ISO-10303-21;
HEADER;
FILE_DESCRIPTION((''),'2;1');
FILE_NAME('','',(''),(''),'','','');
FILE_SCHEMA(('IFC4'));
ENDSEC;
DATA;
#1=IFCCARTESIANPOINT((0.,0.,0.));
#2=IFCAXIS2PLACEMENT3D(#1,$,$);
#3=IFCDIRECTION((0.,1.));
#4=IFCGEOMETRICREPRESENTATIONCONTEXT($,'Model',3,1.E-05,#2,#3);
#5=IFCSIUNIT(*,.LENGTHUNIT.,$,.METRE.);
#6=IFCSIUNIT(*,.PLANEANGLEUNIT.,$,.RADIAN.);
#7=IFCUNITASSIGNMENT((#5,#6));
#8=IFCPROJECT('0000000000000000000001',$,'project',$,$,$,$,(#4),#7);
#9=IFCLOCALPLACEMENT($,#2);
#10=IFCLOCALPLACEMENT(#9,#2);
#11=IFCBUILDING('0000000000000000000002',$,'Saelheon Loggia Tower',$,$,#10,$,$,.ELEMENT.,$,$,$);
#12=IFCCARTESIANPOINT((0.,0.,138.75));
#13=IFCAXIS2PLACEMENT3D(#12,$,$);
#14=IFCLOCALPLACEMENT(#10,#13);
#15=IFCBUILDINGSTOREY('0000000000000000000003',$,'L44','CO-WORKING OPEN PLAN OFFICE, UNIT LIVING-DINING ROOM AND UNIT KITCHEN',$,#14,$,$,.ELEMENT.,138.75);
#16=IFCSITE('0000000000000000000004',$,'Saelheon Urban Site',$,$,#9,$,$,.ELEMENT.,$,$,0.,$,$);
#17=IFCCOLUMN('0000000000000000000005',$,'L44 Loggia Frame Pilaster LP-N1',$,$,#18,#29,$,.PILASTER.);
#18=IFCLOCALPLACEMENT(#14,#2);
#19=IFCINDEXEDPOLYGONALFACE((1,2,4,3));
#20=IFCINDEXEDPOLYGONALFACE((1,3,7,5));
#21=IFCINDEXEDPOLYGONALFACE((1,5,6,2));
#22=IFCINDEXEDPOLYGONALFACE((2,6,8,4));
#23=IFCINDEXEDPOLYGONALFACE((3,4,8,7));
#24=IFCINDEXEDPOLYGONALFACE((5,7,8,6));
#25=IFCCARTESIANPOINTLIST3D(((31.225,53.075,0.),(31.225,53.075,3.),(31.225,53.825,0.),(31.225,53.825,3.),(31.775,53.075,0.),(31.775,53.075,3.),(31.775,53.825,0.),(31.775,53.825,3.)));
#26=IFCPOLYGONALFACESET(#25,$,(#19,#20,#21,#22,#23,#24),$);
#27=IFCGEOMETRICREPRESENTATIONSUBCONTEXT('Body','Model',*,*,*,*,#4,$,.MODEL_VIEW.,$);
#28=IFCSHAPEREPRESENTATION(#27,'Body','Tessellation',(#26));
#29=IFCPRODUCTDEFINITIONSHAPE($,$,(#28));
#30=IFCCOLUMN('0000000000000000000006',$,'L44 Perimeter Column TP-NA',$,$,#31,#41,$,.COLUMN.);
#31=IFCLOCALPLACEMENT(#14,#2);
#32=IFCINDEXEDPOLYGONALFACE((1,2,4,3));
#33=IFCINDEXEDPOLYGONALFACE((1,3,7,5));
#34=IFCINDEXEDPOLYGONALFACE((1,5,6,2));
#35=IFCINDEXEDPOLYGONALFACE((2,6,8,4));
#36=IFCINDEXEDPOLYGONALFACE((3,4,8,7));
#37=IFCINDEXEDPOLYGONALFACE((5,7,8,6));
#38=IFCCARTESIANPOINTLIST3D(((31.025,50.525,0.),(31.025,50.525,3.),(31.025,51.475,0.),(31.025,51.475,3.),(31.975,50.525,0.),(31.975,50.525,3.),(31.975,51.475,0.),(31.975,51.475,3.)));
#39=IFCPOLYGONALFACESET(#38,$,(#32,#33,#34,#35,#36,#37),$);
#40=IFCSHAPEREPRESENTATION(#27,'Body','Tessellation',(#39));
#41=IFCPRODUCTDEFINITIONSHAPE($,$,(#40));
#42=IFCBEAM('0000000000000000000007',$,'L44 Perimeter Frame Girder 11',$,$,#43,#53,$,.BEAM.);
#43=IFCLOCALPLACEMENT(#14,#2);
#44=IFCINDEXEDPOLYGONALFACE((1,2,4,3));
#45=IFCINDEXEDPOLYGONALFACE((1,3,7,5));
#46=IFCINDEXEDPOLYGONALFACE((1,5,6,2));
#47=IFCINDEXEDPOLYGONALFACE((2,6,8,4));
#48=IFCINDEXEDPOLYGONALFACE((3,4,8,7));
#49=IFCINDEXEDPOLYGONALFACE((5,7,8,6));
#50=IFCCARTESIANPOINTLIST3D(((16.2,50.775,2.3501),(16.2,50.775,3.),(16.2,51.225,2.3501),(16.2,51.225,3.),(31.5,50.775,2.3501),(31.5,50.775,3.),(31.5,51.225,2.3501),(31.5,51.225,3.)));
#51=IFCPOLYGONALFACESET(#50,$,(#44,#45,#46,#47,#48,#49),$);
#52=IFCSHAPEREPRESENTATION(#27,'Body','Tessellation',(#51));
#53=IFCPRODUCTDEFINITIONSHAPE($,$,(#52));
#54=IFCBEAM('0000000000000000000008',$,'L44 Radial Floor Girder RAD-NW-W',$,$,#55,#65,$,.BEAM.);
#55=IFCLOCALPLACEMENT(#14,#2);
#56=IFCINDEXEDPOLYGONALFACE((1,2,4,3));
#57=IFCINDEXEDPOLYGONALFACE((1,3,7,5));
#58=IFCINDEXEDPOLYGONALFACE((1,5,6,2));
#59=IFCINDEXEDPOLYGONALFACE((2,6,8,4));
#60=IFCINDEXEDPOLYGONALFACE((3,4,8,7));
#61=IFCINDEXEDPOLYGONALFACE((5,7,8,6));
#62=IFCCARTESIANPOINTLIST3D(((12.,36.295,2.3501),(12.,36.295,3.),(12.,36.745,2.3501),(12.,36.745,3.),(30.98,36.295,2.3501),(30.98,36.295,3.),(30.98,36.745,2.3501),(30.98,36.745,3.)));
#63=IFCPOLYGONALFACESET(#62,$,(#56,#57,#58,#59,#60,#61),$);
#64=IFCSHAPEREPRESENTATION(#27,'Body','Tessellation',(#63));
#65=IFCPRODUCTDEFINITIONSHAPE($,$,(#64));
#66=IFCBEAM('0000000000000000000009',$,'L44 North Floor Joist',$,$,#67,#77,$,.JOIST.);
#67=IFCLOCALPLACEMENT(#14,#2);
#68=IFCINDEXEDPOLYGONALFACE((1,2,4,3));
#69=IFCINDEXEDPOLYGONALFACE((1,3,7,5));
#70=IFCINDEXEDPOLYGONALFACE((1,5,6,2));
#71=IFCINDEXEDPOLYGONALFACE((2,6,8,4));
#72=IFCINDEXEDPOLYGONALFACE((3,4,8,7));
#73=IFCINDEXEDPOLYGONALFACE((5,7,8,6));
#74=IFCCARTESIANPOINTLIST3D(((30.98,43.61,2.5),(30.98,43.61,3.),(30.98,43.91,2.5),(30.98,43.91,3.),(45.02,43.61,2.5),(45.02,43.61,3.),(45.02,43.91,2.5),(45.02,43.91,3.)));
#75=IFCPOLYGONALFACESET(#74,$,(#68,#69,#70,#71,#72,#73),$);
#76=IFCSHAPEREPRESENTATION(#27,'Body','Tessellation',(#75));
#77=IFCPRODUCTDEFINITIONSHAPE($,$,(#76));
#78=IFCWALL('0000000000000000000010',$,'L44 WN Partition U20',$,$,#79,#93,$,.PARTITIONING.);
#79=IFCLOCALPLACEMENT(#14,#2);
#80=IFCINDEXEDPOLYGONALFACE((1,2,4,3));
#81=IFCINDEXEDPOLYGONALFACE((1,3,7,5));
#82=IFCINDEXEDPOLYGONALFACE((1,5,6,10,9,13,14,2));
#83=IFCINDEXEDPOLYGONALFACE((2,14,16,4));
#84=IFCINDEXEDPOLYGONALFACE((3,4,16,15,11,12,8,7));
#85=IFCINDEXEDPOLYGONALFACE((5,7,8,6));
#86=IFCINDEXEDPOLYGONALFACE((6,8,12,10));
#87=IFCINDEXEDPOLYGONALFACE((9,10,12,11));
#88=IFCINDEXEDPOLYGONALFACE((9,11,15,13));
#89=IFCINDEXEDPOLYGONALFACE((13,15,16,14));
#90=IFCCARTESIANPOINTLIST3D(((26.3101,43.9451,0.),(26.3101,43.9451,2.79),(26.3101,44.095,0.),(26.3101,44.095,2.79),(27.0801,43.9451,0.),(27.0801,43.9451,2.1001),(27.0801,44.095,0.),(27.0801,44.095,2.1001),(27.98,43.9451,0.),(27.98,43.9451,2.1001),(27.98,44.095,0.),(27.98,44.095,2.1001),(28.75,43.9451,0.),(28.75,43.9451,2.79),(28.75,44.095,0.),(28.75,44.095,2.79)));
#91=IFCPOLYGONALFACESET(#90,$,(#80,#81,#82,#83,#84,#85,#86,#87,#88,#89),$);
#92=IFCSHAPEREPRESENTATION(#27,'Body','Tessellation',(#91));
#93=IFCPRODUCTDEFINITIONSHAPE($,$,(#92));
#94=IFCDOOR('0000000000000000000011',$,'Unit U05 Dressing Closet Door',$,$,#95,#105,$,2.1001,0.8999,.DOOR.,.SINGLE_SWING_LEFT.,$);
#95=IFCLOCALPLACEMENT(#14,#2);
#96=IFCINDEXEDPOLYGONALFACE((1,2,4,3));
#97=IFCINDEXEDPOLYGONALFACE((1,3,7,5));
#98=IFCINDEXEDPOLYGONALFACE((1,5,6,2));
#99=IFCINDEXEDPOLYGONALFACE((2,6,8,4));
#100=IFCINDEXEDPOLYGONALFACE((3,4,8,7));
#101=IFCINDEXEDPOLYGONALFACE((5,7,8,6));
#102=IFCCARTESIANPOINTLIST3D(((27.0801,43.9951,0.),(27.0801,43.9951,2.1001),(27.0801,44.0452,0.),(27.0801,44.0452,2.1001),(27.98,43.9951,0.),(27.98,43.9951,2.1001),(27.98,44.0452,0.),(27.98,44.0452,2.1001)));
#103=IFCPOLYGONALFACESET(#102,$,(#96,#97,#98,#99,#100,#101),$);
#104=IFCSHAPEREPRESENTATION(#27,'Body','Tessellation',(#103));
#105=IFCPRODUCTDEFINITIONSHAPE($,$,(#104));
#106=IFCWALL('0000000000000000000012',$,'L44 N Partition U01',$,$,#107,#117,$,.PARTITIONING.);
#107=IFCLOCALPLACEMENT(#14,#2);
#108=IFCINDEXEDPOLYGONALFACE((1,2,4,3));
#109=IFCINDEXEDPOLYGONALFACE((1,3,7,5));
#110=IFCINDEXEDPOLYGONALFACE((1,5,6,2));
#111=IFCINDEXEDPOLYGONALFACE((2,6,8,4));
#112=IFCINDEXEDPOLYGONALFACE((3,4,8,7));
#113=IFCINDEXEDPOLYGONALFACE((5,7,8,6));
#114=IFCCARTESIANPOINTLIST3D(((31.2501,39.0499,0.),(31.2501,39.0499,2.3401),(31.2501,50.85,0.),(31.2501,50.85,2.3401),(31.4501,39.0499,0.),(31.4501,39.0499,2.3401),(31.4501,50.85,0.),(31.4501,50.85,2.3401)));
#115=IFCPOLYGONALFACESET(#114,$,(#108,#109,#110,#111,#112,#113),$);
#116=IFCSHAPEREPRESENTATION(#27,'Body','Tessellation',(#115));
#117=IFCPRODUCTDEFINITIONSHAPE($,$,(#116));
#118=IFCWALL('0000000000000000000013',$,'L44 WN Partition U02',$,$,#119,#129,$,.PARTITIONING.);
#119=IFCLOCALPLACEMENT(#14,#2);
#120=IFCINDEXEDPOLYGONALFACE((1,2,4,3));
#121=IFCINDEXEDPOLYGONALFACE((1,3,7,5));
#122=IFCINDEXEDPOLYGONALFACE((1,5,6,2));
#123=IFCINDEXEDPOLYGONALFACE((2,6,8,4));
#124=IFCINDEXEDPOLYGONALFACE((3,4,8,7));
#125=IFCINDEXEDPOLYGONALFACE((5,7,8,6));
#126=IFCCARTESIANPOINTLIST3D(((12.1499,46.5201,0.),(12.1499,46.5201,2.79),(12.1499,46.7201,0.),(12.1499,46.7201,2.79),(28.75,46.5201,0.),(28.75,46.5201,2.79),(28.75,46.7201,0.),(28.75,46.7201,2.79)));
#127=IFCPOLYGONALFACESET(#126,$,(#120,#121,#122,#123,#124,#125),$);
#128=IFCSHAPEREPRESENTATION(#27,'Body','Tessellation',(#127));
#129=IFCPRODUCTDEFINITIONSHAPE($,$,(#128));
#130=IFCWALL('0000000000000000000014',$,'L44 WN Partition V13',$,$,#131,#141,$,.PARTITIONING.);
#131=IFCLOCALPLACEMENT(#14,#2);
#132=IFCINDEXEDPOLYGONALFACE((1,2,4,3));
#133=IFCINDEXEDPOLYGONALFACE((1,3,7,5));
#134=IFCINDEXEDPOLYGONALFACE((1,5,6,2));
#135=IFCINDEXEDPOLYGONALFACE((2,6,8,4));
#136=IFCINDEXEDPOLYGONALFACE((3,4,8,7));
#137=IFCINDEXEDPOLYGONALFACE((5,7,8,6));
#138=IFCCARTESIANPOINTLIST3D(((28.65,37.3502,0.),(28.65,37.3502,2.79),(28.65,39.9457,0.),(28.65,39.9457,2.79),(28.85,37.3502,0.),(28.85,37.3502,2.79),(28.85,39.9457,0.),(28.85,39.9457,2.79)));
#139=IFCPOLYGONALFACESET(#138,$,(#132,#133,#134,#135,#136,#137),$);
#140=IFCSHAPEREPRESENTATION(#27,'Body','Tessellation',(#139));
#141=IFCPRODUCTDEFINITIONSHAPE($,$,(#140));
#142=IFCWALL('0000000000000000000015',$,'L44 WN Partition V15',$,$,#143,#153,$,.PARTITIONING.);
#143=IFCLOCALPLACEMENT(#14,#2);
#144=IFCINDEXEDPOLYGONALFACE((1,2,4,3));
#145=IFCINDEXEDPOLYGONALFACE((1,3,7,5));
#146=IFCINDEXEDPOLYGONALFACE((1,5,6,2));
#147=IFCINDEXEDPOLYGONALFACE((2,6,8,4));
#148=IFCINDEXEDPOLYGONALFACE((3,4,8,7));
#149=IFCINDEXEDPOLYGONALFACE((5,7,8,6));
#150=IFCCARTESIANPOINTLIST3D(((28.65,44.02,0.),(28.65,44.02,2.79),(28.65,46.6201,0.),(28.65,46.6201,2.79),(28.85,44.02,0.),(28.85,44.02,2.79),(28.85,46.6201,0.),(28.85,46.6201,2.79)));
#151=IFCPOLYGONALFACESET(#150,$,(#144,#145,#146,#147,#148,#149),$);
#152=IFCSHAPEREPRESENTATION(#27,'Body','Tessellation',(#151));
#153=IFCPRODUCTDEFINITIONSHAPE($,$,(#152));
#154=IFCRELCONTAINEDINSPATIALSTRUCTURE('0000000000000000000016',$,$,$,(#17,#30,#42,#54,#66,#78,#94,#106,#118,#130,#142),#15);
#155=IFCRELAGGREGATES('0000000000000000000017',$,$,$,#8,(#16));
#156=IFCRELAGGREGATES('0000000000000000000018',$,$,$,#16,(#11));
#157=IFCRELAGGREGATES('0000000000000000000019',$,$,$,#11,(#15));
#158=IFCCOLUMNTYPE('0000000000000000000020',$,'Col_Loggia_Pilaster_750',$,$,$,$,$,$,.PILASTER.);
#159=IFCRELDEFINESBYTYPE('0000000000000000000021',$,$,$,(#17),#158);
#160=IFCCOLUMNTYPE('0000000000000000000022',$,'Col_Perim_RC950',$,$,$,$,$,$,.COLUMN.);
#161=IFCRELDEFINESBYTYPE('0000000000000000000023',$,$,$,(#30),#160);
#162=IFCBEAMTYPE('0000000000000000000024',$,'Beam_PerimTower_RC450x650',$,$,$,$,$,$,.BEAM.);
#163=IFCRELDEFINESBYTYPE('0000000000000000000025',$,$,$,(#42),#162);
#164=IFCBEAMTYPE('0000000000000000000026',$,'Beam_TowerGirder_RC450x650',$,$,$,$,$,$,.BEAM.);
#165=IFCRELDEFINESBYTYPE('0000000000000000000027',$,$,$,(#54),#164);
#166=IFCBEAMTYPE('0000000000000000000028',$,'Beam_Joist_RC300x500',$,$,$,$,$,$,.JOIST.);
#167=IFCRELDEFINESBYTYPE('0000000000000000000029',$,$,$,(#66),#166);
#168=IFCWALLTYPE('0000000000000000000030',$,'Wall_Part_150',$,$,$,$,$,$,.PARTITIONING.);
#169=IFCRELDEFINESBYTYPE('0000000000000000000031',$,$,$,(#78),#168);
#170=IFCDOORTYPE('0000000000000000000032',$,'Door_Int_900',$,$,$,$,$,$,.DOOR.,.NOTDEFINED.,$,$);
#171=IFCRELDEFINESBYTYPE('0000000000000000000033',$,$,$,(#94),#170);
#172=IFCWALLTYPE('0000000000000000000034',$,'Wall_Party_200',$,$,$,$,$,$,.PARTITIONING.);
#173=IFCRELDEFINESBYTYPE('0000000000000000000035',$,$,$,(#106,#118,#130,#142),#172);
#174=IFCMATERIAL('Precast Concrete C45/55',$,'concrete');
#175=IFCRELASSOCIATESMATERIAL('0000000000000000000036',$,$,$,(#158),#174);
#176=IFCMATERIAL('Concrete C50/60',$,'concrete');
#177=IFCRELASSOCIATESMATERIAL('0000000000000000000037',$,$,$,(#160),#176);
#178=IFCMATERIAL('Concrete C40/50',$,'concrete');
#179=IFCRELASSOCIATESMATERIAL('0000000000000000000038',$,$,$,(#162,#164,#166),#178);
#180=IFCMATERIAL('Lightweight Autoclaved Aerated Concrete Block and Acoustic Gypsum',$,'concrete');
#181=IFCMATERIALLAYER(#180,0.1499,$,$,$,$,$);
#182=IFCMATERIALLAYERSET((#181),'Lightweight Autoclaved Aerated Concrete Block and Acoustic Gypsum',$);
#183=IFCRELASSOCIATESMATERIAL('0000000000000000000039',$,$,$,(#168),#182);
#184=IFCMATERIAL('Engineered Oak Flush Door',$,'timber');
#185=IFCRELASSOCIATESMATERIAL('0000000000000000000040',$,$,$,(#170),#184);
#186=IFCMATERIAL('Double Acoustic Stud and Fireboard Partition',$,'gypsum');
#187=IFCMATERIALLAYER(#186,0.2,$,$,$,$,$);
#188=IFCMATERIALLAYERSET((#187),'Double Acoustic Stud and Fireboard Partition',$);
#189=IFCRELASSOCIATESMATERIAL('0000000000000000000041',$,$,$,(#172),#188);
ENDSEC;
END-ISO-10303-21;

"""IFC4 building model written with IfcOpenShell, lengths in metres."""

from ifc_helpers import new_model, si_unit, direction, frame, frame_2d, origin, origin_2d, place, context, subcontext, project, spatial, rectangle, extrude, source, transform, mapped, material, layer, layer_set, material_profile, profile_set, type_object, element, fill, save


model = new_model("IFC4")

# Units and contexts
model_context = context("Model", 3, precision=1e-05, world=origin(), true_north=direction((0.0, 1.0)))
body_context = subcontext(model_context, "Body", "Model", "MODEL_VIEW")
ifc_project = project(units=[si_unit("LENGTHUNIT", "METRE"), si_unit("PLANEANGLEUNIT", "RADIAN")], contexts=[model_context])

# Site, building, storey
site_placement = place(None, origin())
site = spatial("IfcSite", under=ifc_project, at=site_placement, Name="Saelheon Urban Site", CompositionType="ELEMENT", RefElevation=0.0)
building_placement = place(site_placement, origin())
building = spatial("IfcBuilding", under=site, at=building_placement, Name="Saelheon Loggia Tower", CompositionType="ELEMENT")
storey_placement = place(building_placement, frame((0.0, 0.0, 138.75)))
storey = spatial("IfcBuildingStorey", under=building, at=storey_placement, Name="L44", Description="CO-WORKING OPEN PLAN OFFICE, UNIT LIVING-DINING ROOM AND UNIT KITCHEN", CompositionType="ELEMENT", Elevation=138.75)

# Columns
ifc_material_1 = material(Name="Precast Concrete C45/55", Category="concrete")
ifc_material_profile_1 = material_profile(ifc_material_1, rectangle(XDim=0.55, YDim=0.75, at=origin_2d()), Name="RC-550x750")
ifc_profile_set_1 = profile_set([ifc_material_profile_1], Name="Precast Concrete C45/55")
column_type_1 = type_object("IfcColumnType", Name="Col_Loggia_Pilaster_750", PredefinedType="PILASTER", material=ifc_profile_set_1)
shared_shape_1 = source(origin(), body_context, "Body", "SweptSolid", [
    extrude(rectangle(XDim=0.55, YDim=0.75, at=origin_2d()), origin(), (0.0, 0.0, 1.0), 3.0),
])
column_1_placement = place(storey_placement, frame((31.5, 53.45, 0.0), z_axis=(0.0, 0.0, 1.0), x_axis=(1.0, 0.0, 0.0)))
element("IfcColumn", 1, at=column_1_placement, inside=storey, type_object=column_type_1, Name="L44 Loggia Frame Pilaster LP-N1", PredefinedType="PILASTER", context=body_context, shape_type="MappedRepresentation", body=[
    mapped(shared_shape_1, transform((0.0, 0.0, 0.0), scale=1.0)),
])
ifc_material_2 = material(Name="Concrete C50/60", Category="concrete")
ifc_material_profile_2 = material_profile(ifc_material_2, rectangle(XDim=0.95, YDim=0.95, at=origin_2d()), Name="RC-950x950")
ifc_profile_set_2 = profile_set([ifc_material_profile_2], Name="Concrete C50/60")
column_type_2 = type_object("IfcColumnType", Name="Col_Perim_RC950", PredefinedType="COLUMN", material=ifc_profile_set_2)
shared_shape_2 = source(origin(), body_context, "Body", "SweptSolid", [
    extrude(rectangle(XDim=0.95, YDim=0.95, at=origin_2d()), origin(), (0.0, 0.0, 1.0), 3.0),
])
column_2_placement = place(storey_placement, frame((31.5, 51.0, 0.0), z_axis=(0.0, 0.0, 1.0), x_axis=(1.0, 0.0, 0.0)))
element("IfcColumn", 2, at=column_2_placement, inside=storey, type_object=column_type_2, Name="L44 Perimeter Column TP-NA", PredefinedType="COLUMN", context=body_context, shape_type="MappedRepresentation", body=[
    mapped(shared_shape_2, transform((0.0, 0.0, 0.0), scale=1.0)),
])

# Beams
ifc_material_3 = material(Name="Concrete C40/50", Category="concrete")
ifc_material_profile_3 = material_profile(ifc_material_3, rectangle(XDim=0.45, YDim=0.6499, at=origin_2d()), Name="RC-450x650")
ifc_profile_set_3 = profile_set([ifc_material_profile_3], Name="Concrete C40/50")
beam_type_1 = type_object("IfcBeamType", Name="Beam_PerimTower_RC450x650", PredefinedType="BEAM", material=ifc_profile_set_3)
shared_shape_3 = source(origin(), body_context, "Body", "SweptSolid", [
    extrude(rectangle(XDim=0.45, YDim=0.6499, at=origin_2d()), origin(), (0.0, 0.0, 1.0), 15.3),
])
beam_1_placement = place(storey_placement, frame((31.5, 51.0, 2.675), z_axis=(-1.0, 0.0, 0.0), x_axis=(0.0, -1.0, 0.0)))
element("IfcBeam", 3, at=beam_1_placement, inside=storey, type_object=beam_type_1, Name="L44 Perimeter Frame Girder 11", PredefinedType="BEAM", context=body_context, shape_type="MappedRepresentation", body=[
    mapped(shared_shape_3, transform((0.0, 0.0, 0.0), scale=1.0)),
])
ifc_material_profile_4 = material_profile(ifc_material_3, rectangle(XDim=0.45, YDim=0.6499, at=origin_2d()), Name="RC-450x650")
ifc_profile_set_4 = profile_set([ifc_material_profile_4], Name="Concrete C40/50")
beam_type_2 = type_object("IfcBeamType", Name="Beam_TowerGirder_RC450x650", PredefinedType="BEAM", material=ifc_profile_set_4)
shared_shape_4 = source(origin(), body_context, "Body", "SweptSolid", [
    extrude(rectangle(XDim=0.45, YDim=0.6499, at=origin_2d()), origin(), (0.0, 0.0, 1.0), 18.98),
])
beam_2_placement = place(storey_placement, frame((30.98, 36.52, 2.675), z_axis=(-1.0, 0.0, 0.0), x_axis=(0.0, -1.0, 0.0)))
element("IfcBeam", 4, at=beam_2_placement, inside=storey, type_object=beam_type_2, Name="L44 Radial Floor Girder RAD-NW-W", PredefinedType="BEAM", context=body_context, shape_type="MappedRepresentation", body=[
    mapped(shared_shape_4, transform((0.0, 0.0, 0.0), scale=1.0)),
])
ifc_material_profile_5 = material_profile(ifc_material_3, rectangle(XDim=0.3, YDim=0.5, at=origin_2d()), Name="RC-300x500")
ifc_profile_set_5 = profile_set([ifc_material_profile_5], Name="Concrete C40/50")
beam_type_3 = type_object("IfcBeamType", Name="Beam_Joist_RC300x500", PredefinedType="JOIST", material=ifc_profile_set_5)
shared_shape_5 = source(origin(), body_context, "Body", "SweptSolid", [
    extrude(rectangle(XDim=0.3, YDim=0.5, at=origin_2d()), origin(), (0.0, 0.0, 1.0), 14.04),
])
beam_3_placement = place(storey_placement, frame((30.98, 43.76, 2.75), z_axis=(1.0, 0.0, 0.0), x_axis=(0.0, 1.0, 0.0)))
element("IfcBeam", 5, at=beam_3_placement, inside=storey, type_object=beam_type_3, Name="L44 North Floor Joist", PredefinedType="JOIST", context=body_context, shape_type="MappedRepresentation", body=[
    mapped(shared_shape_5, transform((0.0, 0.0, 0.0), scale=1.0)),
])

# Wall, opening, door
ifc_material_4 = material(Name="Lightweight Autoclaved Aerated Concrete Block and Acoustic Gypsum", Category="concrete")
ifc_layer_1 = layer(ifc_material_4, 0.1499)
ifc_layer_set_1 = layer_set([ifc_layer_1], Name="Lightweight Autoclaved Aerated Concrete Block and Acoustic Gypsum")
wall_type_1 = type_object("IfcWallType", Name="Wall_Part_150", PredefinedType="PARTITIONING", material=ifc_layer_set_1)
wall_1_placement = place(storey_placement, frame((28.75, 44.02, 0.0), z_axis=(0.0, 0.0, 1.0), x_axis=(-1.0, 0.0, 0.0)))
wall_1 = element("IfcWall", 6, at=wall_1_placement, inside=storey, type_object=wall_type_1, Name="L44 WN Partition U20", PredefinedType="PARTITIONING", context=body_context, shape_type="SweptSolid", body=[
    extrude(rectangle(XDim=2.4399, YDim=0.1499, at=frame_2d((1.22, 0.0))), origin(), (0.0, 0.0, 1.0), 2.79),
])
opening_1_placement = place(wall_1_placement, frame((0.77, 0.0, 0.0)))
opening_1 = element("IfcOpeningElement", 7, at=opening_1_placement, cuts=wall_1, PredefinedType="OPENING", context=body_context, shape_type="SweptSolid", body=[
    extrude(rectangle(XDim=0.8999, YDim=2.1001, at=frame_2d((0.45, 1.05))), frame((0.0, 0.0869, 0.0), z_axis=(0.0, -1.0, 0.0), x_axis=(1.0, 0.0, 0.0)), (0.0, 0.0, 1.0), 0.1738),
])
ifc_material_5 = material(Name="Engineered Oak Flush Door", Category="timber")
door_type_1 = type_object("IfcDoorType", Name="Door_Int_900", OperationType="NOTDEFINED", PredefinedType="DOOR", material=ifc_material_5)
shared_shape_6 = source(origin(), body_context, "Body", "SweptSolid", [
    extrude(rectangle(XDim=0.8999, YDim=2.1001, at=frame_2d((0.45, 1.05))), frame((0.0, 0.0249, 0.0), z_axis=(0.0, -1.0, 0.0), x_axis=(1.0, 0.0, 0.0)), (0.0, 0.0, 1.0), 0.05),
])
door_1_placement = place(opening_1_placement, origin())
door_1 = element("IfcDoor", 8, at=door_1_placement, inside=storey, type_object=door_type_1, Name="Unit U05 Dressing Closet Door", OperationType="SINGLE_SWING_LEFT", OverallHeight=2.1001, OverallWidth=0.8999, PredefinedType="DOOR", context=body_context, shape_type="MappedRepresentation", body=[
    mapped(shared_shape_6, transform((0.0, 0.0, 0.0), scale=1.0)),
])
fill(opening_1, door_1)

# Walls
ifc_material_6 = material(Name="Double Acoustic Stud and Fireboard Partition", Category="gypsum")
ifc_layer_2 = layer(ifc_material_6, 0.2)
ifc_layer_set_2 = layer_set([ifc_layer_2], Name="Double Acoustic Stud and Fireboard Partition")
wall_type_2 = type_object("IfcWallType", Name="Wall_Party_200", PredefinedType="PARTITIONING", material=ifc_layer_set_2)
wall_2_placement = place(storey_placement, frame((31.3501, 39.05, 0.0), z_axis=(0.0, 0.0, 1.0), x_axis=(0.0, 1.0, 0.0)))
element("IfcWall", 9, at=wall_2_placement, inside=storey, type_object=wall_type_2, Name="L44 N Partition U01", PredefinedType="PARTITIONING", context=body_context, shape_type="SweptSolid", body=[
    extrude(rectangle(XDim=11.8, YDim=0.2, at=frame_2d((5.8999, 0.0))), origin(), (0.0, 0.0, 1.0), 2.3401),
])
wall_3_placement = place(storey_placement, frame((28.75, 46.6201, 0.0), z_axis=(0.0, 0.0, 1.0), x_axis=(-1.0, 0.0, 0.0)))
element("IfcWall", 10, at=wall_3_placement, inside=storey, type_object=wall_type_2, Name="L44 WN Partition U02", PredefinedType="PARTITIONING", context=body_context, shape_type="SweptSolid", body=[
    extrude(rectangle(XDim=16.6001, YDim=0.2, at=frame_2d((8.3, 0.0))), origin(), (0.0, 0.0, 1.0), 2.79),
])
wall_4_placement = place(storey_placement, frame((28.75, 37.3501, 0.0), z_axis=(0.0, 0.0, 1.0), x_axis=(0.0, 1.0, 0.0)))
element("IfcWall", 11, at=wall_4_placement, inside=storey, type_object=wall_type_2, Name="L44 WN Partition V13", PredefinedType="PARTITIONING", context=body_context, shape_type="SweptSolid", body=[
    extrude(rectangle(XDim=2.5955, YDim=0.2, at=frame_2d((1.2979, 0.0))), origin(), (0.0, 0.0, 1.0), 2.79),
])

# Wall
wall_5_placement = place(storey_placement, frame((28.75, 44.02, 0.0), z_axis=(0.0, 0.0, 1.0), x_axis=(0.0, 1.0, 0.0)))
element("IfcWall", 12, at=wall_5_placement, inside=storey, type_object=wall_type_2, Name="L44 WN Partition V15", PredefinedType="PARTITIONING", context=body_context, shape_type="SweptSolid", body=[
    extrude(rectangle(XDim=2.6001, YDim=0.2, at=frame_2d((1.3, 0.0))), origin(), (0.0, 0.0, 1.0), 2.79),
])

save(model, "model.ifc")
